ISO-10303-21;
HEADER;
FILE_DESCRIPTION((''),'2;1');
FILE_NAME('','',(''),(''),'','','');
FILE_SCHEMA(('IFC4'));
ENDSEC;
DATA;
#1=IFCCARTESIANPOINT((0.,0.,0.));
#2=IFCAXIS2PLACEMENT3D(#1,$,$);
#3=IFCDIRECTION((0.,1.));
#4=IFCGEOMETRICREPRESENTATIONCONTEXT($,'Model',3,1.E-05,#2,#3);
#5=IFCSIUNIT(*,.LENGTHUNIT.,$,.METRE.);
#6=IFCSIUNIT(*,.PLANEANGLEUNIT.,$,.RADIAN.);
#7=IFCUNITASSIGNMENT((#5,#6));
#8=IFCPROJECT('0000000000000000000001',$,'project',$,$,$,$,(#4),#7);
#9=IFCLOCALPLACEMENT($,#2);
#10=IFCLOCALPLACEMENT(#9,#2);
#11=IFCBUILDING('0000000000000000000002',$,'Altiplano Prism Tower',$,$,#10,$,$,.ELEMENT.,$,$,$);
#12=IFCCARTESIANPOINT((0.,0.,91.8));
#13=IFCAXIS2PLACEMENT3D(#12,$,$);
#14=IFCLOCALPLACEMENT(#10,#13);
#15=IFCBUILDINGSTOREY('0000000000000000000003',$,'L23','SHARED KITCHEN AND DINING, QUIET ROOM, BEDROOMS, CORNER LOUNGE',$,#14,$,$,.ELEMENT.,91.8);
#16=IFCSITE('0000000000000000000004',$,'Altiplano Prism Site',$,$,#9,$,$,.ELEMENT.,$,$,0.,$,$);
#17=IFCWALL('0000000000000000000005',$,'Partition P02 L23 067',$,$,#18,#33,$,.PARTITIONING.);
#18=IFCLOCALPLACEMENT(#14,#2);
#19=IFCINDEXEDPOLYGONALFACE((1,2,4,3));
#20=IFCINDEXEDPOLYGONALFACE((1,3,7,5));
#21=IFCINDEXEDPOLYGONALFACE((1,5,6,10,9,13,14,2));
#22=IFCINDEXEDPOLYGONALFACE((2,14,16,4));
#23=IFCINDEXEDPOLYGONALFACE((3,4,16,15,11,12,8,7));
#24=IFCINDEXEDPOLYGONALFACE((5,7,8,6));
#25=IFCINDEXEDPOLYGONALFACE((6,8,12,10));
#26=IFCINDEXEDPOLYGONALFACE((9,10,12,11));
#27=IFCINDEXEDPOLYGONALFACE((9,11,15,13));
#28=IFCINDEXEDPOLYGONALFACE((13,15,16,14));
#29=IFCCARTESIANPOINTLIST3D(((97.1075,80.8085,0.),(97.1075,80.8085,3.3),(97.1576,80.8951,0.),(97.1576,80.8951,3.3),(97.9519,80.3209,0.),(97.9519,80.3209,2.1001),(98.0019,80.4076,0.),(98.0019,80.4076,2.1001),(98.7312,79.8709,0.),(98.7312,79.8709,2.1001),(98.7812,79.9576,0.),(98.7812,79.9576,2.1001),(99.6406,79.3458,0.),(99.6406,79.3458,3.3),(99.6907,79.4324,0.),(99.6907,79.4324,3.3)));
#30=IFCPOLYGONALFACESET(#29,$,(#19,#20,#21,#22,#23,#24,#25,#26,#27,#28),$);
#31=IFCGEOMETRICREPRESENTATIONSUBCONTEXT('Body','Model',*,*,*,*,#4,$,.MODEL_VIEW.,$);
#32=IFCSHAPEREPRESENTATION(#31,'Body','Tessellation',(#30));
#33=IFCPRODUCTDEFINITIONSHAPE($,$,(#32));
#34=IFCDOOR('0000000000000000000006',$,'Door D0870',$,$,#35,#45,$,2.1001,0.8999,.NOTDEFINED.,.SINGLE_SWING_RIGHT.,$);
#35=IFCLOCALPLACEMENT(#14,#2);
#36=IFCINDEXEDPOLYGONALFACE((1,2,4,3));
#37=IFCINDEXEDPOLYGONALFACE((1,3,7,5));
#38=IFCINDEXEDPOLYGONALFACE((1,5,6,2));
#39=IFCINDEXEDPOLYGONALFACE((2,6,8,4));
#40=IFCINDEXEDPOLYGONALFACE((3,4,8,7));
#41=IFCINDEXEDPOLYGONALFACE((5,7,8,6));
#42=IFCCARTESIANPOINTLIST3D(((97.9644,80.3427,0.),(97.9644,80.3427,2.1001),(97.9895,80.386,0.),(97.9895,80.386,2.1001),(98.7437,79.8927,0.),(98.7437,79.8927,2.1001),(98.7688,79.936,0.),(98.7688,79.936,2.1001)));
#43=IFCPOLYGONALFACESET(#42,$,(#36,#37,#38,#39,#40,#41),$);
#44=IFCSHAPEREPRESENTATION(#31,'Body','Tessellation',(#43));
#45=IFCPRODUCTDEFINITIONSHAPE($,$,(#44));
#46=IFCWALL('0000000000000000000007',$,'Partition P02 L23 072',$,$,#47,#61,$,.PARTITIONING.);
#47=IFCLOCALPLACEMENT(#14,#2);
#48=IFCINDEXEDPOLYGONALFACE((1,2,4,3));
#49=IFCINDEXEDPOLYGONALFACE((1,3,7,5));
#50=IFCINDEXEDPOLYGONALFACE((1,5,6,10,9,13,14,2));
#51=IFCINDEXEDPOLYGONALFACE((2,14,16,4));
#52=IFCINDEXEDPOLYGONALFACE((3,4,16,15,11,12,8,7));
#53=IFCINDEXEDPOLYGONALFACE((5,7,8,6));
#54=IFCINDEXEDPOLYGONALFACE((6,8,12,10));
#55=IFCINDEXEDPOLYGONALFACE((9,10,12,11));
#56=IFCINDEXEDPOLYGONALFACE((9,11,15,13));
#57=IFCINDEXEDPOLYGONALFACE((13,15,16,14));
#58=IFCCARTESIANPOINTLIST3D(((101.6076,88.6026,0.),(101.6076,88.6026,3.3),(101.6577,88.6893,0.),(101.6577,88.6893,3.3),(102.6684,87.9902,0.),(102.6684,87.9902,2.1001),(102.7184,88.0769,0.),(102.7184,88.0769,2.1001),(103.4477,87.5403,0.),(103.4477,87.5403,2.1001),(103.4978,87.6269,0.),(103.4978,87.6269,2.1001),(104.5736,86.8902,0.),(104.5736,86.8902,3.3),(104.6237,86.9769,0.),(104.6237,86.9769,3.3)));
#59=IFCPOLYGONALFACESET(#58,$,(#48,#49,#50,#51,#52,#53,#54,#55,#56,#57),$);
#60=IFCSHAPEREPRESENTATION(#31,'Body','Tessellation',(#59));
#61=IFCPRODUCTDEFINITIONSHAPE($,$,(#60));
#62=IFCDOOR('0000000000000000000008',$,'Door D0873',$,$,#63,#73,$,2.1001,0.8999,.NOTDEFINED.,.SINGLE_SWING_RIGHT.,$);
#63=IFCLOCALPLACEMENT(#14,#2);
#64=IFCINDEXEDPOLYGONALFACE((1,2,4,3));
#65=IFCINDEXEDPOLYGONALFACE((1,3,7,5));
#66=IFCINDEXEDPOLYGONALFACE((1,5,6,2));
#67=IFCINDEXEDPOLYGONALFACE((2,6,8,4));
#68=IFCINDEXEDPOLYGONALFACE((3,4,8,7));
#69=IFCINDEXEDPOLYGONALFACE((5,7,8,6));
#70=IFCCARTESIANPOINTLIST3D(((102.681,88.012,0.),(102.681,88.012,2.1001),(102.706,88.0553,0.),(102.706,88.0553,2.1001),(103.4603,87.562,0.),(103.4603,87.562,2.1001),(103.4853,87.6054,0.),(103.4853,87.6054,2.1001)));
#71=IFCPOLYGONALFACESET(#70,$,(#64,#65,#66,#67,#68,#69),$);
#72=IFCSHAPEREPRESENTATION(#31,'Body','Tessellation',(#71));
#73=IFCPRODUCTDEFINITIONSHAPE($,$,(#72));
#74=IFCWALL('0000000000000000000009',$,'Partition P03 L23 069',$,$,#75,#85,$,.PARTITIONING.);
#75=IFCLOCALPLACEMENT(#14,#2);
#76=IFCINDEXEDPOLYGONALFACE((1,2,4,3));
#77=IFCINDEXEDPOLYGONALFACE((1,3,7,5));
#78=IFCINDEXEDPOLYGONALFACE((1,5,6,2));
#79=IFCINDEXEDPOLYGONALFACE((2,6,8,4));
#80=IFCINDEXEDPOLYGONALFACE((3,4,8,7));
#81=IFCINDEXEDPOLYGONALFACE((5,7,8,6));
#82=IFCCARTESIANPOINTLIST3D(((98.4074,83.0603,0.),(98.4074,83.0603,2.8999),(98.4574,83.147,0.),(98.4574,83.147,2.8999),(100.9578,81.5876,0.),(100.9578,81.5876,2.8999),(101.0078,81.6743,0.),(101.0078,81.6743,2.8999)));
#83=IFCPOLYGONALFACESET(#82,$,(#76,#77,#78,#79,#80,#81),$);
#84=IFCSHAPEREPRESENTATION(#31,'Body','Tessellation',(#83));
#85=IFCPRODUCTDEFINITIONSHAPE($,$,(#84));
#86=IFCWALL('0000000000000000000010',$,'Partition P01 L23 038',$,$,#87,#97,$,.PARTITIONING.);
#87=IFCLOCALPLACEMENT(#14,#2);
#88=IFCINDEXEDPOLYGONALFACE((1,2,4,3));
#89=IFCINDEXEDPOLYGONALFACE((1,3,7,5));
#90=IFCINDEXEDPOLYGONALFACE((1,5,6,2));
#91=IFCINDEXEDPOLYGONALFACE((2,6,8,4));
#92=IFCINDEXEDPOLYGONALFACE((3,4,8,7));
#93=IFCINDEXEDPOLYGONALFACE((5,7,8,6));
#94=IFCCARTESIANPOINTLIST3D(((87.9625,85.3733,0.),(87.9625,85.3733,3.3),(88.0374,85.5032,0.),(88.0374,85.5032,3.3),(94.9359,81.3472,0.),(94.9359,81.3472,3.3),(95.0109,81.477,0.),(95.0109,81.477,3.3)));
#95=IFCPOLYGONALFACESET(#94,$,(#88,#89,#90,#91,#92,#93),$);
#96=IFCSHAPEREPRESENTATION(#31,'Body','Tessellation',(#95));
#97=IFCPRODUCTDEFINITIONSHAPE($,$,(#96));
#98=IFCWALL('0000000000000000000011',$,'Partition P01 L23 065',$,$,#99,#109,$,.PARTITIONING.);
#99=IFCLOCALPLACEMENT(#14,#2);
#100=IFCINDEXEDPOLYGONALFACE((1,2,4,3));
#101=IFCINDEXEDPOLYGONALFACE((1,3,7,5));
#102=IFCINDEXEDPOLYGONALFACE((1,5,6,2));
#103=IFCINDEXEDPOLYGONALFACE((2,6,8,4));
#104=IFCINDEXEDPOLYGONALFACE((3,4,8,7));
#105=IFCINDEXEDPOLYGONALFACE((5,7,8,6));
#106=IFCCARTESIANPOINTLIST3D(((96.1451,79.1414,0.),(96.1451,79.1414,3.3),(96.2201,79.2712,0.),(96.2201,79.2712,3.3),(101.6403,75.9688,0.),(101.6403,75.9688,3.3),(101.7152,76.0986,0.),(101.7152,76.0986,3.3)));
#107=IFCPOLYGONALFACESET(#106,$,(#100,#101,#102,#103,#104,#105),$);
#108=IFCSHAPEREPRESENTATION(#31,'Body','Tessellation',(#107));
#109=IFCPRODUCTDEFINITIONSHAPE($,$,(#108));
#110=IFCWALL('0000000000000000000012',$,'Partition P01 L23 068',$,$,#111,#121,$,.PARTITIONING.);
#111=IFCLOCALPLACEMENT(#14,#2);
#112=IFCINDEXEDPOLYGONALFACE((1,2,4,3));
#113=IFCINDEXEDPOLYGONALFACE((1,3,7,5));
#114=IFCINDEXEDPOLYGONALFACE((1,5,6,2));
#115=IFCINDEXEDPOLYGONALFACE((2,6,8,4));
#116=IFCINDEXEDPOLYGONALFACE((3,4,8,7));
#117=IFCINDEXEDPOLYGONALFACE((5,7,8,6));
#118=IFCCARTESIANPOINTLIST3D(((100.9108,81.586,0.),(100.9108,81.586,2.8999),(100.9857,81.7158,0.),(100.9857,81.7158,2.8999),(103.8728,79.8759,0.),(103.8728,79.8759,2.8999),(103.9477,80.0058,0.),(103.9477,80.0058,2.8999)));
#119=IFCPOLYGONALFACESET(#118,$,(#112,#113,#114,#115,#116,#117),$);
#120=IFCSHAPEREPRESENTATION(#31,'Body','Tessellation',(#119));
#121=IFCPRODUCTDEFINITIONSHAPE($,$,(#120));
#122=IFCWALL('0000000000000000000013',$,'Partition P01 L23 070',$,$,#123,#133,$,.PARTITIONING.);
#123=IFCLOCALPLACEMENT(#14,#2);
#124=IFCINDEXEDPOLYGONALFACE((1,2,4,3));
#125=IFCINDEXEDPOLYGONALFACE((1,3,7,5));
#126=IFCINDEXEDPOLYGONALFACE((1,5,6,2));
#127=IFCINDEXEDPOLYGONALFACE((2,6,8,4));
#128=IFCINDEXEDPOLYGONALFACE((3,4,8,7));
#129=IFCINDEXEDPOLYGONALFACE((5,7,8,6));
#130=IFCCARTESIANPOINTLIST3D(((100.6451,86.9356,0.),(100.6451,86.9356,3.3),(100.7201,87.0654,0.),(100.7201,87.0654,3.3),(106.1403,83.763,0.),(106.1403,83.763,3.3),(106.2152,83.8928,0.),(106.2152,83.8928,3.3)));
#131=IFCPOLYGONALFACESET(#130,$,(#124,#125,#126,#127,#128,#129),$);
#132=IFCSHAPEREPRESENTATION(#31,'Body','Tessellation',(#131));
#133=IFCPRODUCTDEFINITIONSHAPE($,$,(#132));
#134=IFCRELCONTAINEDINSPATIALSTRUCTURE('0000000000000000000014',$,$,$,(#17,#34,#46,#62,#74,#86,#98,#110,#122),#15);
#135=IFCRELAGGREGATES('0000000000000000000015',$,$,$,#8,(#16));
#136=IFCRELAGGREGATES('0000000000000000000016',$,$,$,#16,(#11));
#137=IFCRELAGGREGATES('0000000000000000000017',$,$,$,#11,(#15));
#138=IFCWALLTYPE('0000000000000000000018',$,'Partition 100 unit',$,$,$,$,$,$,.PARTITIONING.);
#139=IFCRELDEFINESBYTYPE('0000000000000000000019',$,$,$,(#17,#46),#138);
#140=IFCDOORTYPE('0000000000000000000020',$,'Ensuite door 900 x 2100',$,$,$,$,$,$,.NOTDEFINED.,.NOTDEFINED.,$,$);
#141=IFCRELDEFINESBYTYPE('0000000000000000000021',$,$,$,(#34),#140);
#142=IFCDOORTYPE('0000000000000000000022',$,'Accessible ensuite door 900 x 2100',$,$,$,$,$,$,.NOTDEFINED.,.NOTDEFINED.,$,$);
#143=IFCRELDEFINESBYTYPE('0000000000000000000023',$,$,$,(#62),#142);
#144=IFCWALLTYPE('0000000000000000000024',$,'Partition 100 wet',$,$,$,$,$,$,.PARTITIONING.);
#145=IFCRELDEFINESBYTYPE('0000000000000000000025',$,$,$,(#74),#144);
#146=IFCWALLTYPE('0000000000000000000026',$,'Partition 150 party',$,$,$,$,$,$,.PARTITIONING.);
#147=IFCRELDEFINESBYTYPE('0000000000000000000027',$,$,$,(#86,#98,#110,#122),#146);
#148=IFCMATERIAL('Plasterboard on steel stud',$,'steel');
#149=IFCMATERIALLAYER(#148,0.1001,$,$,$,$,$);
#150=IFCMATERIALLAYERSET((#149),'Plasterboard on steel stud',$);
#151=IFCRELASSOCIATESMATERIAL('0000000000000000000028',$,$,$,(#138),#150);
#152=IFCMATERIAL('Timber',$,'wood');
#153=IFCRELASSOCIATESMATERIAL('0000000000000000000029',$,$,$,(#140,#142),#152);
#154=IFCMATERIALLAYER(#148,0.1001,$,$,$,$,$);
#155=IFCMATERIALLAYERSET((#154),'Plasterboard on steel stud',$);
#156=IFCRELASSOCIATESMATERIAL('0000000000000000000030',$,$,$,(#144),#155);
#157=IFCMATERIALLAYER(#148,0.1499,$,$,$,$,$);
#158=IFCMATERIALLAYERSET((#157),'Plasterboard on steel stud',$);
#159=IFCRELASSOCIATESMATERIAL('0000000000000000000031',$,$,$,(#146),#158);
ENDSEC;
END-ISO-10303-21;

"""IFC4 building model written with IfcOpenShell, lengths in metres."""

from ifc_helpers import new_model, si_unit, direction, frame, frame_2d, origin, place, context, subcontext, project, spatial, rectangle, extrude, material, layer, layer_set, type_object, element, fill, save


model = new_model("IFC4")

# Units and contexts
model_context = context("Model", 3, precision=1e-05, world=origin(), true_north=direction((0.0, 1.0)))
body_context = subcontext(model_context, "Body", "Model", "MODEL_VIEW")
ifc_project = project(units=[si_unit("LENGTHUNIT", "METRE"), si_unit("PLANEANGLEUNIT", "RADIAN")], contexts=[model_context])

# Site, building, storey
site_placement = place(None, origin())
site = spatial("IfcSite", under=ifc_project, at=site_placement, Name="Altiplano Prism Site", CompositionType="ELEMENT", RefElevation=0.0)
building_placement = place(site_placement, origin())
building = spatial("IfcBuilding", under=site, at=building_placement, Name="Altiplano Prism Tower", CompositionType="ELEMENT")
storey_placement = place(building_placement, frame((0.0, 0.0, 91.8)))
storey = spatial("IfcBuildingStorey", under=building, at=storey_placement, Name="L23", Description="SHARED KITCHEN AND DINING, QUIET ROOM, BEDROOMS, CORNER LOUNGE", CompositionType="ELEMENT", Elevation=91.8)

# Shared definitions
ifc_material_1 = material(Name="Plasterboard on steel stud", Category="steel")
ifc_layer_1 = layer(ifc_material_1, 0.1001)
ifc_layer_set_1 = layer_set([ifc_layer_1], Name="Plasterboard on steel stud")
wall_type_1 = type_object("IfcWallType", Name="Partition 100 unit", PredefinedType="PARTITIONING", material=ifc_layer_set_1)

# Walls, openings, doors
wall_1_placement = place(storey_placement, frame((99.6655, 79.3892, 0.0), z_axis=(0.0, 0.0, 1.0), x_axis=(-0.86599, 0.500062, 0.0)))
wall_1 = element("IfcWall", 1, at=wall_1_placement, inside=storey, type_object=wall_type_1, Name="Partition P02 L23 067", PredefinedType="PARTITIONING", context=body_context, shape_type="SweptSolid", body=[
    extrude(rectangle(XDim=2.925, YDim=0.1001, at=frame_2d((1.4624, 0.0))), origin(), (0.0, 0.0, 1.0), 3.3),
])
opening_1_placement = place(wall_1_placement, frame((1.05, 0.0, 0.0)))
opening_1 = element("IfcOpeningElement", 2, at=opening_1_placement, cuts=wall_1, PredefinedType="OPENING", context=body_context, shape_type="SweptSolid", body=[
    extrude(rectangle(XDim=0.8999, YDim=2.1001, at=frame_2d((0.45, 1.05))), frame((0.0, 0.0605, 0.0), z_axis=(0.0, -1.0, 0.0), x_axis=(1.0, 0.0, 0.0)), (0.0, 0.0, 1.0), 0.1211),
])
ifc_material_2 = material(Name="Timber", Category="wood")
door_type_1 = type_object("IfcDoorType", Name="Ensuite door 900 x 2100", OperationType="NOTDEFINED", PredefinedType="NOTDEFINED", material=ifc_material_2)
door_1_placement = place(opening_1_placement, origin())
door_1 = element("IfcDoor", 3, at=door_1_placement, inside=storey, type_object=door_type_1, Name="Door D0870", OperationType="SINGLE_SWING_RIGHT", OverallHeight=2.1001, OverallWidth=0.8999, PredefinedType="NOTDEFINED", context=body_context, shape_type="SweptSolid", body=[
    extrude(rectangle(XDim=0.8999, YDim=2.1001, at=frame_2d((0.45, 1.05))), frame((0.0, 0.0249, 0.0), z_axis=(0.0, -1.0, 0.0), x_axis=(1.0, 0.0, 0.0)), (0.0, 0.0, 1.0), 0.05),
])
fill(opening_1, door_1)
wall_2_placement = place(storey_placement, frame((104.5986, 86.9336, 0.0), z_axis=(0.0, 0.0, 1.0), x_axis=(-0.866032, 0.499988, 0.0)))
wall_2 = element("IfcWall", 4, at=wall_2_placement, inside=storey, type_object=wall_type_1, Name="Partition P02 L23 072", PredefinedType="PARTITIONING", context=body_context, shape_type="SweptSolid", body=[
    extrude(rectangle(XDim=3.4248, YDim=0.1001, at=frame_2d((1.7124, 0.0))), origin(), (0.0, 0.0, 1.0), 3.3),
])
opening_2_placement = place(wall_2_placement, frame((1.3, 0.0, 0.0)))
opening_2 = element("IfcOpeningElement", 5, at=opening_2_placement, cuts=wall_2, PredefinedType="OPENING", context=body_context, shape_type="SweptSolid", body=[
    extrude(rectangle(XDim=0.8999, YDim=2.1001, at=frame_2d((0.45, 1.05))), frame((0.0, 0.0605, 0.0), z_axis=(0.0, -1.0, 0.0), x_axis=(1.0, 0.0, 0.0)), (0.0, 0.0, 1.0), 0.1211),
])
door_type_2 = type_object("IfcDoorType", Name="Accessible ensuite door 900 x 2100", OperationType="NOTDEFINED", PredefinedType="NOTDEFINED", material=ifc_material_2)
door_2_placement = place(opening_2_placement, origin())
door_2 = element("IfcDoor", 6, at=door_2_placement, inside=storey, type_object=door_type_2, Name="Door D0873", OperationType="SINGLE_SWING_RIGHT", OverallHeight=2.1001, OverallWidth=0.8999, PredefinedType="NOTDEFINED", context=body_context, shape_type="SweptSolid", body=[
    extrude(rectangle(XDim=0.8999, YDim=2.1001, at=frame_2d((0.45, 1.05))), frame((0.0, 0.0249, 0.0), z_axis=(0.0, -1.0, 0.0), x_axis=(1.0, 0.0, 0.0)), (0.0, 0.0, 1.0), 0.05),
])
fill(opening_2, door_2)

# Walls
ifc_layer_2 = layer(ifc_material_1, 0.1001)
ifc_layer_set_2 = layer_set([ifc_layer_2], Name="Plasterboard on steel stud")
wall_type_2 = type_object("IfcWallType", Name="Partition 100 wet", PredefinedType="PARTITIONING", material=ifc_layer_set_2)
wall_3_placement = place(storey_placement, frame((100.9829, 81.6309, 0.0), z_axis=(0.0, 0.0, 1.0), x_axis=(-0.86599, 0.500062, 0.0)))
element("IfcWall", 7, at=wall_3_placement, inside=storey, type_object=wall_type_2, Name="Partition P03 L23 069", PredefinedType="PARTITIONING", context=body_context, shape_type="SweptSolid", body=[
    extrude(rectangle(XDim=2.9451, YDim=0.1001, at=frame_2d((1.4727, 0.0))), origin(), (0.0, 0.0, 1.0), 2.8999),
])
ifc_layer_3 = layer(ifc_material_1, 0.1499)
ifc_layer_set_3 = layer_set([ifc_layer_3], Name="Plasterboard on steel stud")
wall_type_3 = type_object("IfcWallType", Name="Partition 150 party", PredefinedType="PARTITIONING", material=ifc_layer_set_3)
wall_4_placement = place(storey_placement, frame((94.9734, 81.4121, 0.0), z_axis=(0.0, 0.0, 1.0), x_axis=(-0.866024, 0.500003, 0.0)))
element("IfcWall", 8, at=wall_4_placement, inside=storey, type_object=wall_type_3, Name="Partition P01 L23 038", PredefinedType="PARTITIONING", context=body_context, shape_type="SweptSolid", body=[
    extrude(rectangle(XDim=8.0522, YDim=0.1499, at=frame_2d((4.0261, 0.0))), origin(), (0.0, 0.0, 1.0), 3.3),
])
wall_5_placement = place(storey_placement, frame((101.6777, 76.0337, 0.0), z_axis=(0.0, 0.0, 1.0), x_axis=(-0.866025, 0.5, 0.0)))
element("IfcWall", 9, at=wall_5_placement, inside=storey, type_object=wall_type_3, Name="Partition P01 L23 065", PredefinedType="PARTITIONING", context=body_context, shape_type="SweptSolid", body=[
    extrude(rectangle(XDim=6.3452, YDim=0.1499, at=frame_2d((3.1726, 0.0))), origin(), (0.0, 0.0, 1.0), 3.3),
])
wall_6_placement = place(storey_placement, frame((103.9102, 79.9409, 0.0), z_axis=(0.0, 0.0, 1.0), x_axis=(-0.866038, 0.499978, 0.0)))
element("IfcWall", 10, at=wall_6_placement, inside=storey, type_object=wall_type_3, Name="Partition P01 L23 068", PredefinedType="PARTITIONING", context=body_context, shape_type="SweptSolid", body=[
    extrude(rectangle(XDim=3.4202, YDim=0.1499, at=frame_2d((1.71, 0.0))), origin(), (0.0, 0.0, 1.0), 2.8999),
])
wall_7_placement = place(storey_placement, frame((106.1777, 83.8279, 0.0), z_axis=(0.0, 0.0, 1.0), x_axis=(-0.866025, 0.5, 0.0)))
element("IfcWall", 11, at=wall_7_placement, inside=storey, type_object=wall_type_3, Name="Partition P01 L23 070", PredefinedType="PARTITIONING", context=body_context, shape_type="SweptSolid", body=[
    extrude(rectangle(XDim=6.3452, YDim=0.1499, at=frame_2d((3.1726, 0.0))), origin(), (0.0, 0.0, 1.0), 3.3),
])

save(model, "model.ifc")
